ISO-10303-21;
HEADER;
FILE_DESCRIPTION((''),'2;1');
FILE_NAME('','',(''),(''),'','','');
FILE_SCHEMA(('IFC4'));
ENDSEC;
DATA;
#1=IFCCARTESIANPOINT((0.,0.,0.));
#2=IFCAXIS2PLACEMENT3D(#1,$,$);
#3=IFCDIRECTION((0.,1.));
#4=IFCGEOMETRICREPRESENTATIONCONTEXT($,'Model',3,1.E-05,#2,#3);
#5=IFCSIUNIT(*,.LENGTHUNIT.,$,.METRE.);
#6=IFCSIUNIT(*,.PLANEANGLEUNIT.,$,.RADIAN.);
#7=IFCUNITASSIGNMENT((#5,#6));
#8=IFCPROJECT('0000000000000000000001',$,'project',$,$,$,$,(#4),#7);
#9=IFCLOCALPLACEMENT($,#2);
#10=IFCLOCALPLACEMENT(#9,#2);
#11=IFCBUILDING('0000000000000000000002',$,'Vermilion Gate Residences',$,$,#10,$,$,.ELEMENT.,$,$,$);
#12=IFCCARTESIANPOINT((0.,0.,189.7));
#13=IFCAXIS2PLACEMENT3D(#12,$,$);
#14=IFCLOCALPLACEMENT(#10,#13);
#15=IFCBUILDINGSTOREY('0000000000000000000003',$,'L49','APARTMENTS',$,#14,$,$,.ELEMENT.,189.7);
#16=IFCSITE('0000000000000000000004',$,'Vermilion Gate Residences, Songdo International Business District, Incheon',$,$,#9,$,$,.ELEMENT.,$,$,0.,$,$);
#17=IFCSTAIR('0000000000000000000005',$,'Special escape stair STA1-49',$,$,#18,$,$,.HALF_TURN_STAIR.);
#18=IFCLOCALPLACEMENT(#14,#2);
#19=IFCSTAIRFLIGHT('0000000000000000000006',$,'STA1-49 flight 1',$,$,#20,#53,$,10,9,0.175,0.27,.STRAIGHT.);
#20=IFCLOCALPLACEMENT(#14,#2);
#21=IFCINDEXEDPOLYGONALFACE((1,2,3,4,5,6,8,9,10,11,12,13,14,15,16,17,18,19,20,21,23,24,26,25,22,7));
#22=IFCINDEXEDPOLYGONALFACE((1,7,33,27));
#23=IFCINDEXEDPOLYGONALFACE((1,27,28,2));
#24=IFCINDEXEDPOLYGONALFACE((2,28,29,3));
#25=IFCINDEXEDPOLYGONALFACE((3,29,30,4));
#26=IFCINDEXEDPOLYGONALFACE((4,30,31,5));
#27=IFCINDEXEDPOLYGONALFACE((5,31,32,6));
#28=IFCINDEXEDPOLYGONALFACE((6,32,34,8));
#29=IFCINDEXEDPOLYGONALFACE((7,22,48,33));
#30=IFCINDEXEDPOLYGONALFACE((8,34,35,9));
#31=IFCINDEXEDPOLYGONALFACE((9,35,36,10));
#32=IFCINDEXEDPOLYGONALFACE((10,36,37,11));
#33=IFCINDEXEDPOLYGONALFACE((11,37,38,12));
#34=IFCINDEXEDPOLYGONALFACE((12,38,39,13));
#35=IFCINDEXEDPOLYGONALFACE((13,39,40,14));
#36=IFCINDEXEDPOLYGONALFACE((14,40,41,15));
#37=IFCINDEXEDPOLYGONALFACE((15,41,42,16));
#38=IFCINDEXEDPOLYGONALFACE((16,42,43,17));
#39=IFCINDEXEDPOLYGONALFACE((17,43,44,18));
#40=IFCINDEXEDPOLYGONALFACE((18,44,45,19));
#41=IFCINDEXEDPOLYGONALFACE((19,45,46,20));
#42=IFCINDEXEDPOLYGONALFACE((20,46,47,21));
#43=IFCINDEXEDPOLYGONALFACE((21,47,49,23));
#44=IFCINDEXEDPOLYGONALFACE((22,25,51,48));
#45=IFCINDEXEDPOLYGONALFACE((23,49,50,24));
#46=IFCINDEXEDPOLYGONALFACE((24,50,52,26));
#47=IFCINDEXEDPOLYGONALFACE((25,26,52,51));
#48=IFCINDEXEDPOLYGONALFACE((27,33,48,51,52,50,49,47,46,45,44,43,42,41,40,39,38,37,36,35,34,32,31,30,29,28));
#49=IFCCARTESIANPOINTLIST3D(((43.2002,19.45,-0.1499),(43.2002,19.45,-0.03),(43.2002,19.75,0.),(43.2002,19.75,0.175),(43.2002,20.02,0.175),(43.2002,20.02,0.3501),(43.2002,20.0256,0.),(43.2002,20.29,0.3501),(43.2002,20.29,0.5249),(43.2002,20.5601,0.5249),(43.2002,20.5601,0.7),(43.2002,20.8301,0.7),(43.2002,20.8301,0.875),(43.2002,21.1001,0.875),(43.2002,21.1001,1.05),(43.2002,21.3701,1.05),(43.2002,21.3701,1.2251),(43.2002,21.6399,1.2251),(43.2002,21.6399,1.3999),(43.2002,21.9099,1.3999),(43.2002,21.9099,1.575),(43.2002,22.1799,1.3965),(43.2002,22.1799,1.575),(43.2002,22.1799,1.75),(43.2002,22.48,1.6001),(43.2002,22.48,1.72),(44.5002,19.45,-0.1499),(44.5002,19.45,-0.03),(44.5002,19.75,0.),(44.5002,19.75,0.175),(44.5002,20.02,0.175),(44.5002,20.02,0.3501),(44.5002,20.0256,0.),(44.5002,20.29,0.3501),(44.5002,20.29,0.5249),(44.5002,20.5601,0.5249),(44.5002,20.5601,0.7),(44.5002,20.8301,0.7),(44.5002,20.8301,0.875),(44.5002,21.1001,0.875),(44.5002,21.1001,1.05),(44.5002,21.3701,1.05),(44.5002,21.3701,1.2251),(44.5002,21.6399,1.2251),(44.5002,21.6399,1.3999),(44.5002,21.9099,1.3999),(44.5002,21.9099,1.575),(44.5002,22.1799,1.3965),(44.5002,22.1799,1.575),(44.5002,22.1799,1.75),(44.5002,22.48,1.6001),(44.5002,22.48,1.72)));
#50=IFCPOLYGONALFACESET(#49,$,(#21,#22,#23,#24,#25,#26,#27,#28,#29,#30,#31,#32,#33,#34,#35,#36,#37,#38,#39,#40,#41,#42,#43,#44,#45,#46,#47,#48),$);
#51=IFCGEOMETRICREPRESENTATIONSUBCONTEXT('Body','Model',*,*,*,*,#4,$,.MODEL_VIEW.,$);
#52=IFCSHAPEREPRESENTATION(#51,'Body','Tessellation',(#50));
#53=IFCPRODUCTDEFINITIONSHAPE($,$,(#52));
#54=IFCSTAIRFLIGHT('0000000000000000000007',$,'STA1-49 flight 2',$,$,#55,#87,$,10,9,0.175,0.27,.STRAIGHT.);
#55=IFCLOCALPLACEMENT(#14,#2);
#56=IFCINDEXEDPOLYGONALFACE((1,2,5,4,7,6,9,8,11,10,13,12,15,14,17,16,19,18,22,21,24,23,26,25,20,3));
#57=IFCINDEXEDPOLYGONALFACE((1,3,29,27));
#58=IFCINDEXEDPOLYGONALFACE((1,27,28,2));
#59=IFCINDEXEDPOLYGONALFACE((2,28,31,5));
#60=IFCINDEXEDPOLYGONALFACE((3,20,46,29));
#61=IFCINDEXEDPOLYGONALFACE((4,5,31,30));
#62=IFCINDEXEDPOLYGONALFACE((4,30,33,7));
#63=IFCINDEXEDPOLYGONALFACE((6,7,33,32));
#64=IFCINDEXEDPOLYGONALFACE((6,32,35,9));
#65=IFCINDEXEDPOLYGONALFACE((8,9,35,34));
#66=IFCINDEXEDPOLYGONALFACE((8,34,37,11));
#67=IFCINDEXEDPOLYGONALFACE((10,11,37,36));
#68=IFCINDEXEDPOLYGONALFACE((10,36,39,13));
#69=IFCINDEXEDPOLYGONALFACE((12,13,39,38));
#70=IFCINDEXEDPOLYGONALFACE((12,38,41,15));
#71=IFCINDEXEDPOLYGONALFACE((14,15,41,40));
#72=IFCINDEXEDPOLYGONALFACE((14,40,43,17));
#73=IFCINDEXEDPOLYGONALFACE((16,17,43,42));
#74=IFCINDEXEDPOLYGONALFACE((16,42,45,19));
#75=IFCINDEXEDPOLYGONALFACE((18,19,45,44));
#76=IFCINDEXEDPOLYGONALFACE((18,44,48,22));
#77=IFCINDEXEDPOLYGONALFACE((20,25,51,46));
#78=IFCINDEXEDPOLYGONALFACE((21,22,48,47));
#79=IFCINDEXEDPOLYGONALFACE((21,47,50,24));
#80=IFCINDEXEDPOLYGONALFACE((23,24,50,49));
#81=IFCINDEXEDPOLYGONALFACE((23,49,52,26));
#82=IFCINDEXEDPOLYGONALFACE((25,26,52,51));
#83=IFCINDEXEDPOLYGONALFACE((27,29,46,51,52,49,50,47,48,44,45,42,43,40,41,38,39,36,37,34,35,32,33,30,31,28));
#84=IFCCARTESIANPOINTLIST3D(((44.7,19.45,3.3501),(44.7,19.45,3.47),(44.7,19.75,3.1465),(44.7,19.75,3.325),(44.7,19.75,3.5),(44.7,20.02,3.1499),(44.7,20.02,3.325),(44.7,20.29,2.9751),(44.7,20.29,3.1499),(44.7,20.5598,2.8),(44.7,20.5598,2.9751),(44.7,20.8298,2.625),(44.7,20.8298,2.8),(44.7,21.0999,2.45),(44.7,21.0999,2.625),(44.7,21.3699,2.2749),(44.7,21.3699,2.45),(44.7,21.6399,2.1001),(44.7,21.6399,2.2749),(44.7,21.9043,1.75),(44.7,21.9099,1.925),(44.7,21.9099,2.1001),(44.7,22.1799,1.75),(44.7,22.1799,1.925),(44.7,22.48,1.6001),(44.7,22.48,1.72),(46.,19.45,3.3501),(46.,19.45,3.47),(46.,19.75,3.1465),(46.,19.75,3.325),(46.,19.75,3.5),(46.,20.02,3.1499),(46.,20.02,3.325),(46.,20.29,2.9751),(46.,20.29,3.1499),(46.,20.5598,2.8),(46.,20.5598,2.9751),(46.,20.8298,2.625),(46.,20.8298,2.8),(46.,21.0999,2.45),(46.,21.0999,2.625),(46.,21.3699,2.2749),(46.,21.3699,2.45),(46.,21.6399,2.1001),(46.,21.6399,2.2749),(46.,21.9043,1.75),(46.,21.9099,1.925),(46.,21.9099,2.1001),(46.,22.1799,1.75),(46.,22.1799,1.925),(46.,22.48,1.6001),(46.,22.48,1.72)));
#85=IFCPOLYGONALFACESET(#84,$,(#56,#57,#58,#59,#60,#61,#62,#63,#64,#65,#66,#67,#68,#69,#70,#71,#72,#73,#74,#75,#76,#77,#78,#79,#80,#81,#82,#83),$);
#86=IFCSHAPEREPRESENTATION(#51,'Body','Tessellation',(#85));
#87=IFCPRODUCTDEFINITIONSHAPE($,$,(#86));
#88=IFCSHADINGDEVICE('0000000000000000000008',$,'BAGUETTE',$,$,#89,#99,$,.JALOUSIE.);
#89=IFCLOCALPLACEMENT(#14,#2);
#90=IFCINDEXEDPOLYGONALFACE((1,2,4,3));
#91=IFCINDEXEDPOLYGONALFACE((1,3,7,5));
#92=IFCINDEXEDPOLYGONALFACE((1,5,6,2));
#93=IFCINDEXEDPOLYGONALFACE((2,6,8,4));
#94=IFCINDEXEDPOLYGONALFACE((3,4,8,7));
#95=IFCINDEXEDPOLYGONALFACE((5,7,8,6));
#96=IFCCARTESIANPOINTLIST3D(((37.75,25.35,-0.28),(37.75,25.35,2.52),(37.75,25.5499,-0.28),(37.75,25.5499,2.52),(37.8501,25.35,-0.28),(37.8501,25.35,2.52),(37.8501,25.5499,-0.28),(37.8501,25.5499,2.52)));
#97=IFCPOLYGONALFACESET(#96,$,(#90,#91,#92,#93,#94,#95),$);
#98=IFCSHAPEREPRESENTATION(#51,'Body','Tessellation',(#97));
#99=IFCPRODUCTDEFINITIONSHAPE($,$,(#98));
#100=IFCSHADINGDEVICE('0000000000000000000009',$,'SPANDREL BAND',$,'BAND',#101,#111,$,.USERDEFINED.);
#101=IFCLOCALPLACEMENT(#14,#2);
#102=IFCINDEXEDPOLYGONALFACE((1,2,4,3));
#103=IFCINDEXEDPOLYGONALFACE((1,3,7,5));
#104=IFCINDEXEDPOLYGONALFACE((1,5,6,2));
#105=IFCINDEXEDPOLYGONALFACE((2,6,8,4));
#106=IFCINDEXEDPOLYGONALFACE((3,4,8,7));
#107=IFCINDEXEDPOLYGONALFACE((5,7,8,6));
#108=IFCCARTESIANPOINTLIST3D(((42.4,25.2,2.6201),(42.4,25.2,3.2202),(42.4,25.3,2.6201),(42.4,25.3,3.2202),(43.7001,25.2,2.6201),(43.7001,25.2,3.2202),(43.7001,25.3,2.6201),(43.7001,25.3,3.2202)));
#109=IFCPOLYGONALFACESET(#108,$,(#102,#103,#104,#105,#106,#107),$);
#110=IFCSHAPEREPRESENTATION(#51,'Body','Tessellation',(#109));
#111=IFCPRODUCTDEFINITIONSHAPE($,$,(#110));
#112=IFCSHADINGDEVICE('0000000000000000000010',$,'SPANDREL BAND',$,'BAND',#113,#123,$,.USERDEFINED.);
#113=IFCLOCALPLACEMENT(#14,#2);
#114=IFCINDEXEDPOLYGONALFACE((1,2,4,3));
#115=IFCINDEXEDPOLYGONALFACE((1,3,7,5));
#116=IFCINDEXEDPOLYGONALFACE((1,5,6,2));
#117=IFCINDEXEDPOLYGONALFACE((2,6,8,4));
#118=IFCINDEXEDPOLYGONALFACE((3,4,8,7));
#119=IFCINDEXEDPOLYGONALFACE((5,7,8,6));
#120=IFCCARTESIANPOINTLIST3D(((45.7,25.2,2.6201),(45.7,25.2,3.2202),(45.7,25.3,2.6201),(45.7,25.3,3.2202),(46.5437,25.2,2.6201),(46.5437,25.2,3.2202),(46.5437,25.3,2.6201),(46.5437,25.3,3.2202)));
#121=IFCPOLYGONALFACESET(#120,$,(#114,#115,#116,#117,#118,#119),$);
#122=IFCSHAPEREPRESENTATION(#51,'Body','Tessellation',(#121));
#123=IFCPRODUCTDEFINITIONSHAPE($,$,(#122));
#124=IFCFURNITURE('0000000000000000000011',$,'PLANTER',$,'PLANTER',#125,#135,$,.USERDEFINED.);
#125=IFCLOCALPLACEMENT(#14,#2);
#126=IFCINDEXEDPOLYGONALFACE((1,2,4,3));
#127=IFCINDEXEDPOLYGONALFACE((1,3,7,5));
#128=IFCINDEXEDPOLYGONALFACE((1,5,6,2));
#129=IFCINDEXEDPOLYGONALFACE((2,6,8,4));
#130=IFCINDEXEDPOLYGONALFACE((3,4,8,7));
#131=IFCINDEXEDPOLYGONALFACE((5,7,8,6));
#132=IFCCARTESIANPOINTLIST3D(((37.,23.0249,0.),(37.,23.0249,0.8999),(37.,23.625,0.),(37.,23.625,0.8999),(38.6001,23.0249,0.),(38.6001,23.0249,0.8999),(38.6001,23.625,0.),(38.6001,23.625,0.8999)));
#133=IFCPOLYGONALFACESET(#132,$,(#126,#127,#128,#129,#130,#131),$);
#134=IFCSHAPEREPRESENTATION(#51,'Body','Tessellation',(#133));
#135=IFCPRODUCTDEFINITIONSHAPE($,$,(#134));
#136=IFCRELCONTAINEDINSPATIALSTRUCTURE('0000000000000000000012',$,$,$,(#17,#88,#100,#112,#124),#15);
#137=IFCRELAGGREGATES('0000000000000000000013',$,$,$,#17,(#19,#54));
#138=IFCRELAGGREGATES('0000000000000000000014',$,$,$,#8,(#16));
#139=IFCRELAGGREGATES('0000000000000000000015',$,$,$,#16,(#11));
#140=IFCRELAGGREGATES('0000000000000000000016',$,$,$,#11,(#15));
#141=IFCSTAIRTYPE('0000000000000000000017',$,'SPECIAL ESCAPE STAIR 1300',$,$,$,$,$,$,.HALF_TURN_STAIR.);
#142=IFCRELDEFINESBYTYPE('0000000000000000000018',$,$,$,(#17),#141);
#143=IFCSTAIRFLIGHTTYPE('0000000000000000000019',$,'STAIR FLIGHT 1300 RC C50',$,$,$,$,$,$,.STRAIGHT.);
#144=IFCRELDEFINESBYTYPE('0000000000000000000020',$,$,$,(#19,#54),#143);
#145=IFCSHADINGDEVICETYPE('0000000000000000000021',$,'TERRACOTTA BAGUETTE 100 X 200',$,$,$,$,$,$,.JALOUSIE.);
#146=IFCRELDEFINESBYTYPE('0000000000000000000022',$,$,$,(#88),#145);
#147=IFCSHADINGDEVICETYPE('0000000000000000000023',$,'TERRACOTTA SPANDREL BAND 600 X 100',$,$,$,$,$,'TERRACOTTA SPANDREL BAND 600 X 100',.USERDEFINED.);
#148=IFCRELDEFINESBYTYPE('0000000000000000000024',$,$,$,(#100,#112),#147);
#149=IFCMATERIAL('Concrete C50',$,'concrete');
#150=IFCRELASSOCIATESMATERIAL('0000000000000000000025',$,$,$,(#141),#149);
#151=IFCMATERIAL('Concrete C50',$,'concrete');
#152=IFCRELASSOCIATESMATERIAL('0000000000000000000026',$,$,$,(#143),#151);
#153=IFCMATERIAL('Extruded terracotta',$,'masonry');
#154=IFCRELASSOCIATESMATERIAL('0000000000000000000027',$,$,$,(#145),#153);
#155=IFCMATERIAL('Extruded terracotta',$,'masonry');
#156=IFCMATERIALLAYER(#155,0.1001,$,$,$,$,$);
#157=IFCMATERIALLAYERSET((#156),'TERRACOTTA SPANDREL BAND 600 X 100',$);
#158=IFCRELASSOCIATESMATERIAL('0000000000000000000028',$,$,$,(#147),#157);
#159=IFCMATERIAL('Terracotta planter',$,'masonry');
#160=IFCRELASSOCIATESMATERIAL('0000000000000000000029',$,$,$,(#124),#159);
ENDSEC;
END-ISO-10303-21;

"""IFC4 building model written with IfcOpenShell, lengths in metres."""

from ifc_helpers import new_model, si_unit, direction, frame, origin, origin_2d, place, context, subcontext, project, spatial, polyline, rectangle, outline, extrude, material, layer, layer_set, material_profile, profile_set, type_object, element, aggregate, save


model = new_model("IFC4")

# Units and contexts
model_context = context("Model", 3, precision=1e-05, world=origin(), true_north=direction((0.0, 1.0)))
body_context = subcontext(model_context, "Body", "Model", "MODEL_VIEW")
ifc_project = project(units=[si_unit("LENGTHUNIT", "METRE"), si_unit("PLANEANGLEUNIT", "RADIAN")], contexts=[model_context])

# Site, building, storey
site_placement = place(None, origin())
site = spatial("IfcSite", under=ifc_project, at=site_placement, Name="Vermilion Gate Residences, Songdo International Business District, Incheon", CompositionType="ELEMENT", RefElevation=0.0)
building_placement = place(site_placement, origin())
building = spatial("IfcBuilding", under=site, at=building_placement, Name="Vermilion Gate Residences", CompositionType="ELEMENT")
storey_placement = place(building_placement, frame((0.0, 0.0, 189.7)))
storey = spatial("IfcBuildingStorey", under=building, at=storey_placement, Name="L49", Description="APARTMENTS", CompositionType="ELEMENT", Elevation=189.7)

# Stair, stair flights
ifc_material_1 = material(Name="Concrete C50", Category="concrete")
stair_type = type_object("IfcStairType", Name="SPECIAL ESCAPE STAIR 1300", PredefinedType="HALF_TURN_STAIR", material=ifc_material_1)
stair_placement = place(storey_placement, origin())
stair = element("IfcStair", 1, at=stair_placement, inside=storey, type_object=stair_type, Name="Special escape stair STA1-49", PredefinedType="HALF_TURN_STAIR")
ifc_material_2 = material(Name="Concrete C50", Category="concrete")
stair_flight_type = type_object("IfcStairFlightType", Name="STAIR FLIGHT 1300 RC C50", PredefinedType="STRAIGHT", material=ifc_material_2)
stair_flight_1_placement = place(storey_placement, frame((43.8501, 19.75, 0.0), z_axis=(0.0, 0.0, 1.0), x_axis=(0.0, 1.0, 0.0)))
stair_flight_1 = element("IfcStairFlight", 2, at=stair_flight_1_placement, type_object=stair_flight_type, Name="STA1-49 flight 1", NumberOfRisers=10, NumberOfTreads=9, PredefinedType="STRAIGHT", RiserHeight=0.175, TreadLength=0.27, context=body_context, shape_type="SweptSolid", body=[
    extrude(outline(polyline([(-0.3, -0.1499), (-0.3, -0.03), (0.0, 0.0), (0.0, 0.175), (0.27, 0.175), (0.27, 0.3501), (0.54, 0.3501), (0.54, 0.5249), (0.8101, 0.5249), (0.8101, 0.7), (1.0801, 0.7), (1.0801, 0.875), (1.3501, 0.875), (1.3501, 1.05), (1.6201, 1.05), (1.6201, 1.2251), (1.8899, 1.2251), (1.8899, 1.3999), (2.1599, 1.3999), (2.1599, 1.575), (2.4299, 1.575), (2.4299, 1.75), (2.73, 1.72), (2.73, 1.6001), (2.4299, 1.3965), (0.2756, 0.0), (-0.3, -0.1499)])), frame((0.0, 0.6499, 0.0), z_axis=(0.0, -1.0, 0.0), x_axis=(1.0, 0.0, 0.0)), (0.0, 0.0, 1.0), 1.3),
])
stair_flight_2_placement = place(storey_placement, frame((45.3501, 22.1799, 1.75), z_axis=(0.0, 0.0, 1.0), x_axis=(0.0, -1.0, 0.0)))
stair_flight_2 = element("IfcStairFlight", 3, at=stair_flight_2_placement, type_object=stair_flight_type, Name="STA1-49 flight 2", NumberOfRisers=10, NumberOfTreads=9, PredefinedType="STRAIGHT", RiserHeight=0.175, TreadLength=0.27, context=body_context, shape_type="SweptSolid", body=[
    extrude(outline(polyline([(-0.3, -0.1499), (-0.3, -0.03), (0.0, 0.0), (0.0, 0.175), (0.27, 0.175), (0.27, 0.3501), (0.54, 0.3501), (0.54, 0.5249), (0.8101, 0.5249), (0.8101, 0.7), (1.0801, 0.7), (1.0801, 0.875), (1.3501, 0.875), (1.3501, 1.05), (1.6201, 1.05), (1.6201, 1.2251), (1.8899, 1.2251), (1.8899, 1.3999), (2.1599, 1.3999), (2.1599, 1.575), (2.4299, 1.575), (2.4299, 1.75), (2.73, 1.72), (2.73, 1.6001), (2.4299, 1.3965), (0.2756, 0.0), (-0.3, -0.1499)])), frame((0.0, 0.6499, 0.0), z_axis=(0.0, -1.0, 0.0), x_axis=(1.0, 0.0, 0.0)), (0.0, 0.0, 1.0), 1.3),
])
aggregate(stair, [stair_flight_1, stair_flight_2])

# Shading devices
ifc_material_3 = material(Name="Extruded terracotta", Category="masonry")
ifc_material_profile = material_profile(ifc_material_3, rectangle(XDim=0.2, YDim=0.1001, at=origin_2d()), Name="BAGUETTE 100 X 200")
ifc_profile_set = profile_set([ifc_material_profile], Name="Extruded terracotta")
shading_device_type_1 = type_object("IfcShadingDeviceType", Name="TERRACOTTA BAGUETTE 100 X 200", PredefinedType="JALOUSIE", material=ifc_profile_set)
shading_device_1_placement = place(storey_placement, frame((37.8, 25.45, -0.28), z_axis=(0.0, 0.0, 1.0), x_axis=(0.0, -1.0, 0.0)))
element("IfcShadingDevice", 4, at=shading_device_1_placement, inside=storey, type_object=shading_device_type_1, Name="BAGUETTE", PredefinedType="JALOUSIE", context=body_context, shape_type="SweptSolid", body=[
    extrude(rectangle(XDim=0.2, YDim=0.1001, at=origin_2d()), origin(), (0.0, 0.0, 1.0), 2.8),
])
ifc_material_4 = material(Name="Extruded terracotta", Category="masonry")
ifc_layer_1 = layer(ifc_material_4, 0.1001)
ifc_layer_set_1 = layer_set([ifc_layer_1], Name="TERRACOTTA SPANDREL BAND 600 X 100")
shading_device_type_2 = type_object("IfcShadingDeviceType", Name="TERRACOTTA SPANDREL BAND 600 X 100", ElementType="TERRACOTTA SPANDREL BAND 600 X 100", PredefinedType="USERDEFINED", material=ifc_layer_set_1)
shading_device_2_placement = place(storey_placement, frame((43.05, 25.25, 2.6201), z_axis=(0.0, 0.0, 1.0), x_axis=(1.0, 0.0, 0.0)))
element("IfcShadingDevice", 5, at=shading_device_2_placement, inside=storey, type_object=shading_device_type_2, Name="SPANDREL BAND", ObjectType="BAND", PredefinedType="USERDEFINED", context=body_context, shape_type="SweptSolid", body=[
    extrude(rectangle(XDim=1.3, YDim=0.1001, at=origin_2d()), origin(), (0.0, 0.0, 1.0), 0.6001),
])
shading_device_3_placement = place(storey_placement, frame((46.1218, 25.25, 2.6201), z_axis=(0.0, 0.0, 1.0), x_axis=(1.0, 0.0, 0.0)))
element("IfcShadingDevice", 6, at=shading_device_3_placement, inside=storey, type_object=shading_device_type_2, Name="SPANDREL BAND", ObjectType="BAND", PredefinedType="USERDEFINED", context=body_context, shape_type="SweptSolid", body=[
    extrude(rectangle(XDim=0.8438, YDim=0.1001, at=origin_2d()), origin(), (0.0, 0.0, 1.0), 0.6001),
])

# Furniture
ifc_material_5 = material(Name="Terracotta planter", Category="masonry")
furniture_placement = place(storey_placement, frame((37.8, 23.325, 0.0), z_axis=(0.0, 0.0, 1.0), x_axis=(-1.0, 0.0, 0.0)))
element("IfcFurniture", 7, at=furniture_placement, inside=storey, material=ifc_material_5, Name="PLANTER", ObjectType="PLANTER", PredefinedType="USERDEFINED", context=body_context, shape_type="SweptSolid", body=[
    extrude(rectangle(XDim=1.6001, YDim=0.6001, at=origin_2d()), origin(), (0.0, 0.0, 1.0), 0.8999),
])

save(model, "model.ifc")
